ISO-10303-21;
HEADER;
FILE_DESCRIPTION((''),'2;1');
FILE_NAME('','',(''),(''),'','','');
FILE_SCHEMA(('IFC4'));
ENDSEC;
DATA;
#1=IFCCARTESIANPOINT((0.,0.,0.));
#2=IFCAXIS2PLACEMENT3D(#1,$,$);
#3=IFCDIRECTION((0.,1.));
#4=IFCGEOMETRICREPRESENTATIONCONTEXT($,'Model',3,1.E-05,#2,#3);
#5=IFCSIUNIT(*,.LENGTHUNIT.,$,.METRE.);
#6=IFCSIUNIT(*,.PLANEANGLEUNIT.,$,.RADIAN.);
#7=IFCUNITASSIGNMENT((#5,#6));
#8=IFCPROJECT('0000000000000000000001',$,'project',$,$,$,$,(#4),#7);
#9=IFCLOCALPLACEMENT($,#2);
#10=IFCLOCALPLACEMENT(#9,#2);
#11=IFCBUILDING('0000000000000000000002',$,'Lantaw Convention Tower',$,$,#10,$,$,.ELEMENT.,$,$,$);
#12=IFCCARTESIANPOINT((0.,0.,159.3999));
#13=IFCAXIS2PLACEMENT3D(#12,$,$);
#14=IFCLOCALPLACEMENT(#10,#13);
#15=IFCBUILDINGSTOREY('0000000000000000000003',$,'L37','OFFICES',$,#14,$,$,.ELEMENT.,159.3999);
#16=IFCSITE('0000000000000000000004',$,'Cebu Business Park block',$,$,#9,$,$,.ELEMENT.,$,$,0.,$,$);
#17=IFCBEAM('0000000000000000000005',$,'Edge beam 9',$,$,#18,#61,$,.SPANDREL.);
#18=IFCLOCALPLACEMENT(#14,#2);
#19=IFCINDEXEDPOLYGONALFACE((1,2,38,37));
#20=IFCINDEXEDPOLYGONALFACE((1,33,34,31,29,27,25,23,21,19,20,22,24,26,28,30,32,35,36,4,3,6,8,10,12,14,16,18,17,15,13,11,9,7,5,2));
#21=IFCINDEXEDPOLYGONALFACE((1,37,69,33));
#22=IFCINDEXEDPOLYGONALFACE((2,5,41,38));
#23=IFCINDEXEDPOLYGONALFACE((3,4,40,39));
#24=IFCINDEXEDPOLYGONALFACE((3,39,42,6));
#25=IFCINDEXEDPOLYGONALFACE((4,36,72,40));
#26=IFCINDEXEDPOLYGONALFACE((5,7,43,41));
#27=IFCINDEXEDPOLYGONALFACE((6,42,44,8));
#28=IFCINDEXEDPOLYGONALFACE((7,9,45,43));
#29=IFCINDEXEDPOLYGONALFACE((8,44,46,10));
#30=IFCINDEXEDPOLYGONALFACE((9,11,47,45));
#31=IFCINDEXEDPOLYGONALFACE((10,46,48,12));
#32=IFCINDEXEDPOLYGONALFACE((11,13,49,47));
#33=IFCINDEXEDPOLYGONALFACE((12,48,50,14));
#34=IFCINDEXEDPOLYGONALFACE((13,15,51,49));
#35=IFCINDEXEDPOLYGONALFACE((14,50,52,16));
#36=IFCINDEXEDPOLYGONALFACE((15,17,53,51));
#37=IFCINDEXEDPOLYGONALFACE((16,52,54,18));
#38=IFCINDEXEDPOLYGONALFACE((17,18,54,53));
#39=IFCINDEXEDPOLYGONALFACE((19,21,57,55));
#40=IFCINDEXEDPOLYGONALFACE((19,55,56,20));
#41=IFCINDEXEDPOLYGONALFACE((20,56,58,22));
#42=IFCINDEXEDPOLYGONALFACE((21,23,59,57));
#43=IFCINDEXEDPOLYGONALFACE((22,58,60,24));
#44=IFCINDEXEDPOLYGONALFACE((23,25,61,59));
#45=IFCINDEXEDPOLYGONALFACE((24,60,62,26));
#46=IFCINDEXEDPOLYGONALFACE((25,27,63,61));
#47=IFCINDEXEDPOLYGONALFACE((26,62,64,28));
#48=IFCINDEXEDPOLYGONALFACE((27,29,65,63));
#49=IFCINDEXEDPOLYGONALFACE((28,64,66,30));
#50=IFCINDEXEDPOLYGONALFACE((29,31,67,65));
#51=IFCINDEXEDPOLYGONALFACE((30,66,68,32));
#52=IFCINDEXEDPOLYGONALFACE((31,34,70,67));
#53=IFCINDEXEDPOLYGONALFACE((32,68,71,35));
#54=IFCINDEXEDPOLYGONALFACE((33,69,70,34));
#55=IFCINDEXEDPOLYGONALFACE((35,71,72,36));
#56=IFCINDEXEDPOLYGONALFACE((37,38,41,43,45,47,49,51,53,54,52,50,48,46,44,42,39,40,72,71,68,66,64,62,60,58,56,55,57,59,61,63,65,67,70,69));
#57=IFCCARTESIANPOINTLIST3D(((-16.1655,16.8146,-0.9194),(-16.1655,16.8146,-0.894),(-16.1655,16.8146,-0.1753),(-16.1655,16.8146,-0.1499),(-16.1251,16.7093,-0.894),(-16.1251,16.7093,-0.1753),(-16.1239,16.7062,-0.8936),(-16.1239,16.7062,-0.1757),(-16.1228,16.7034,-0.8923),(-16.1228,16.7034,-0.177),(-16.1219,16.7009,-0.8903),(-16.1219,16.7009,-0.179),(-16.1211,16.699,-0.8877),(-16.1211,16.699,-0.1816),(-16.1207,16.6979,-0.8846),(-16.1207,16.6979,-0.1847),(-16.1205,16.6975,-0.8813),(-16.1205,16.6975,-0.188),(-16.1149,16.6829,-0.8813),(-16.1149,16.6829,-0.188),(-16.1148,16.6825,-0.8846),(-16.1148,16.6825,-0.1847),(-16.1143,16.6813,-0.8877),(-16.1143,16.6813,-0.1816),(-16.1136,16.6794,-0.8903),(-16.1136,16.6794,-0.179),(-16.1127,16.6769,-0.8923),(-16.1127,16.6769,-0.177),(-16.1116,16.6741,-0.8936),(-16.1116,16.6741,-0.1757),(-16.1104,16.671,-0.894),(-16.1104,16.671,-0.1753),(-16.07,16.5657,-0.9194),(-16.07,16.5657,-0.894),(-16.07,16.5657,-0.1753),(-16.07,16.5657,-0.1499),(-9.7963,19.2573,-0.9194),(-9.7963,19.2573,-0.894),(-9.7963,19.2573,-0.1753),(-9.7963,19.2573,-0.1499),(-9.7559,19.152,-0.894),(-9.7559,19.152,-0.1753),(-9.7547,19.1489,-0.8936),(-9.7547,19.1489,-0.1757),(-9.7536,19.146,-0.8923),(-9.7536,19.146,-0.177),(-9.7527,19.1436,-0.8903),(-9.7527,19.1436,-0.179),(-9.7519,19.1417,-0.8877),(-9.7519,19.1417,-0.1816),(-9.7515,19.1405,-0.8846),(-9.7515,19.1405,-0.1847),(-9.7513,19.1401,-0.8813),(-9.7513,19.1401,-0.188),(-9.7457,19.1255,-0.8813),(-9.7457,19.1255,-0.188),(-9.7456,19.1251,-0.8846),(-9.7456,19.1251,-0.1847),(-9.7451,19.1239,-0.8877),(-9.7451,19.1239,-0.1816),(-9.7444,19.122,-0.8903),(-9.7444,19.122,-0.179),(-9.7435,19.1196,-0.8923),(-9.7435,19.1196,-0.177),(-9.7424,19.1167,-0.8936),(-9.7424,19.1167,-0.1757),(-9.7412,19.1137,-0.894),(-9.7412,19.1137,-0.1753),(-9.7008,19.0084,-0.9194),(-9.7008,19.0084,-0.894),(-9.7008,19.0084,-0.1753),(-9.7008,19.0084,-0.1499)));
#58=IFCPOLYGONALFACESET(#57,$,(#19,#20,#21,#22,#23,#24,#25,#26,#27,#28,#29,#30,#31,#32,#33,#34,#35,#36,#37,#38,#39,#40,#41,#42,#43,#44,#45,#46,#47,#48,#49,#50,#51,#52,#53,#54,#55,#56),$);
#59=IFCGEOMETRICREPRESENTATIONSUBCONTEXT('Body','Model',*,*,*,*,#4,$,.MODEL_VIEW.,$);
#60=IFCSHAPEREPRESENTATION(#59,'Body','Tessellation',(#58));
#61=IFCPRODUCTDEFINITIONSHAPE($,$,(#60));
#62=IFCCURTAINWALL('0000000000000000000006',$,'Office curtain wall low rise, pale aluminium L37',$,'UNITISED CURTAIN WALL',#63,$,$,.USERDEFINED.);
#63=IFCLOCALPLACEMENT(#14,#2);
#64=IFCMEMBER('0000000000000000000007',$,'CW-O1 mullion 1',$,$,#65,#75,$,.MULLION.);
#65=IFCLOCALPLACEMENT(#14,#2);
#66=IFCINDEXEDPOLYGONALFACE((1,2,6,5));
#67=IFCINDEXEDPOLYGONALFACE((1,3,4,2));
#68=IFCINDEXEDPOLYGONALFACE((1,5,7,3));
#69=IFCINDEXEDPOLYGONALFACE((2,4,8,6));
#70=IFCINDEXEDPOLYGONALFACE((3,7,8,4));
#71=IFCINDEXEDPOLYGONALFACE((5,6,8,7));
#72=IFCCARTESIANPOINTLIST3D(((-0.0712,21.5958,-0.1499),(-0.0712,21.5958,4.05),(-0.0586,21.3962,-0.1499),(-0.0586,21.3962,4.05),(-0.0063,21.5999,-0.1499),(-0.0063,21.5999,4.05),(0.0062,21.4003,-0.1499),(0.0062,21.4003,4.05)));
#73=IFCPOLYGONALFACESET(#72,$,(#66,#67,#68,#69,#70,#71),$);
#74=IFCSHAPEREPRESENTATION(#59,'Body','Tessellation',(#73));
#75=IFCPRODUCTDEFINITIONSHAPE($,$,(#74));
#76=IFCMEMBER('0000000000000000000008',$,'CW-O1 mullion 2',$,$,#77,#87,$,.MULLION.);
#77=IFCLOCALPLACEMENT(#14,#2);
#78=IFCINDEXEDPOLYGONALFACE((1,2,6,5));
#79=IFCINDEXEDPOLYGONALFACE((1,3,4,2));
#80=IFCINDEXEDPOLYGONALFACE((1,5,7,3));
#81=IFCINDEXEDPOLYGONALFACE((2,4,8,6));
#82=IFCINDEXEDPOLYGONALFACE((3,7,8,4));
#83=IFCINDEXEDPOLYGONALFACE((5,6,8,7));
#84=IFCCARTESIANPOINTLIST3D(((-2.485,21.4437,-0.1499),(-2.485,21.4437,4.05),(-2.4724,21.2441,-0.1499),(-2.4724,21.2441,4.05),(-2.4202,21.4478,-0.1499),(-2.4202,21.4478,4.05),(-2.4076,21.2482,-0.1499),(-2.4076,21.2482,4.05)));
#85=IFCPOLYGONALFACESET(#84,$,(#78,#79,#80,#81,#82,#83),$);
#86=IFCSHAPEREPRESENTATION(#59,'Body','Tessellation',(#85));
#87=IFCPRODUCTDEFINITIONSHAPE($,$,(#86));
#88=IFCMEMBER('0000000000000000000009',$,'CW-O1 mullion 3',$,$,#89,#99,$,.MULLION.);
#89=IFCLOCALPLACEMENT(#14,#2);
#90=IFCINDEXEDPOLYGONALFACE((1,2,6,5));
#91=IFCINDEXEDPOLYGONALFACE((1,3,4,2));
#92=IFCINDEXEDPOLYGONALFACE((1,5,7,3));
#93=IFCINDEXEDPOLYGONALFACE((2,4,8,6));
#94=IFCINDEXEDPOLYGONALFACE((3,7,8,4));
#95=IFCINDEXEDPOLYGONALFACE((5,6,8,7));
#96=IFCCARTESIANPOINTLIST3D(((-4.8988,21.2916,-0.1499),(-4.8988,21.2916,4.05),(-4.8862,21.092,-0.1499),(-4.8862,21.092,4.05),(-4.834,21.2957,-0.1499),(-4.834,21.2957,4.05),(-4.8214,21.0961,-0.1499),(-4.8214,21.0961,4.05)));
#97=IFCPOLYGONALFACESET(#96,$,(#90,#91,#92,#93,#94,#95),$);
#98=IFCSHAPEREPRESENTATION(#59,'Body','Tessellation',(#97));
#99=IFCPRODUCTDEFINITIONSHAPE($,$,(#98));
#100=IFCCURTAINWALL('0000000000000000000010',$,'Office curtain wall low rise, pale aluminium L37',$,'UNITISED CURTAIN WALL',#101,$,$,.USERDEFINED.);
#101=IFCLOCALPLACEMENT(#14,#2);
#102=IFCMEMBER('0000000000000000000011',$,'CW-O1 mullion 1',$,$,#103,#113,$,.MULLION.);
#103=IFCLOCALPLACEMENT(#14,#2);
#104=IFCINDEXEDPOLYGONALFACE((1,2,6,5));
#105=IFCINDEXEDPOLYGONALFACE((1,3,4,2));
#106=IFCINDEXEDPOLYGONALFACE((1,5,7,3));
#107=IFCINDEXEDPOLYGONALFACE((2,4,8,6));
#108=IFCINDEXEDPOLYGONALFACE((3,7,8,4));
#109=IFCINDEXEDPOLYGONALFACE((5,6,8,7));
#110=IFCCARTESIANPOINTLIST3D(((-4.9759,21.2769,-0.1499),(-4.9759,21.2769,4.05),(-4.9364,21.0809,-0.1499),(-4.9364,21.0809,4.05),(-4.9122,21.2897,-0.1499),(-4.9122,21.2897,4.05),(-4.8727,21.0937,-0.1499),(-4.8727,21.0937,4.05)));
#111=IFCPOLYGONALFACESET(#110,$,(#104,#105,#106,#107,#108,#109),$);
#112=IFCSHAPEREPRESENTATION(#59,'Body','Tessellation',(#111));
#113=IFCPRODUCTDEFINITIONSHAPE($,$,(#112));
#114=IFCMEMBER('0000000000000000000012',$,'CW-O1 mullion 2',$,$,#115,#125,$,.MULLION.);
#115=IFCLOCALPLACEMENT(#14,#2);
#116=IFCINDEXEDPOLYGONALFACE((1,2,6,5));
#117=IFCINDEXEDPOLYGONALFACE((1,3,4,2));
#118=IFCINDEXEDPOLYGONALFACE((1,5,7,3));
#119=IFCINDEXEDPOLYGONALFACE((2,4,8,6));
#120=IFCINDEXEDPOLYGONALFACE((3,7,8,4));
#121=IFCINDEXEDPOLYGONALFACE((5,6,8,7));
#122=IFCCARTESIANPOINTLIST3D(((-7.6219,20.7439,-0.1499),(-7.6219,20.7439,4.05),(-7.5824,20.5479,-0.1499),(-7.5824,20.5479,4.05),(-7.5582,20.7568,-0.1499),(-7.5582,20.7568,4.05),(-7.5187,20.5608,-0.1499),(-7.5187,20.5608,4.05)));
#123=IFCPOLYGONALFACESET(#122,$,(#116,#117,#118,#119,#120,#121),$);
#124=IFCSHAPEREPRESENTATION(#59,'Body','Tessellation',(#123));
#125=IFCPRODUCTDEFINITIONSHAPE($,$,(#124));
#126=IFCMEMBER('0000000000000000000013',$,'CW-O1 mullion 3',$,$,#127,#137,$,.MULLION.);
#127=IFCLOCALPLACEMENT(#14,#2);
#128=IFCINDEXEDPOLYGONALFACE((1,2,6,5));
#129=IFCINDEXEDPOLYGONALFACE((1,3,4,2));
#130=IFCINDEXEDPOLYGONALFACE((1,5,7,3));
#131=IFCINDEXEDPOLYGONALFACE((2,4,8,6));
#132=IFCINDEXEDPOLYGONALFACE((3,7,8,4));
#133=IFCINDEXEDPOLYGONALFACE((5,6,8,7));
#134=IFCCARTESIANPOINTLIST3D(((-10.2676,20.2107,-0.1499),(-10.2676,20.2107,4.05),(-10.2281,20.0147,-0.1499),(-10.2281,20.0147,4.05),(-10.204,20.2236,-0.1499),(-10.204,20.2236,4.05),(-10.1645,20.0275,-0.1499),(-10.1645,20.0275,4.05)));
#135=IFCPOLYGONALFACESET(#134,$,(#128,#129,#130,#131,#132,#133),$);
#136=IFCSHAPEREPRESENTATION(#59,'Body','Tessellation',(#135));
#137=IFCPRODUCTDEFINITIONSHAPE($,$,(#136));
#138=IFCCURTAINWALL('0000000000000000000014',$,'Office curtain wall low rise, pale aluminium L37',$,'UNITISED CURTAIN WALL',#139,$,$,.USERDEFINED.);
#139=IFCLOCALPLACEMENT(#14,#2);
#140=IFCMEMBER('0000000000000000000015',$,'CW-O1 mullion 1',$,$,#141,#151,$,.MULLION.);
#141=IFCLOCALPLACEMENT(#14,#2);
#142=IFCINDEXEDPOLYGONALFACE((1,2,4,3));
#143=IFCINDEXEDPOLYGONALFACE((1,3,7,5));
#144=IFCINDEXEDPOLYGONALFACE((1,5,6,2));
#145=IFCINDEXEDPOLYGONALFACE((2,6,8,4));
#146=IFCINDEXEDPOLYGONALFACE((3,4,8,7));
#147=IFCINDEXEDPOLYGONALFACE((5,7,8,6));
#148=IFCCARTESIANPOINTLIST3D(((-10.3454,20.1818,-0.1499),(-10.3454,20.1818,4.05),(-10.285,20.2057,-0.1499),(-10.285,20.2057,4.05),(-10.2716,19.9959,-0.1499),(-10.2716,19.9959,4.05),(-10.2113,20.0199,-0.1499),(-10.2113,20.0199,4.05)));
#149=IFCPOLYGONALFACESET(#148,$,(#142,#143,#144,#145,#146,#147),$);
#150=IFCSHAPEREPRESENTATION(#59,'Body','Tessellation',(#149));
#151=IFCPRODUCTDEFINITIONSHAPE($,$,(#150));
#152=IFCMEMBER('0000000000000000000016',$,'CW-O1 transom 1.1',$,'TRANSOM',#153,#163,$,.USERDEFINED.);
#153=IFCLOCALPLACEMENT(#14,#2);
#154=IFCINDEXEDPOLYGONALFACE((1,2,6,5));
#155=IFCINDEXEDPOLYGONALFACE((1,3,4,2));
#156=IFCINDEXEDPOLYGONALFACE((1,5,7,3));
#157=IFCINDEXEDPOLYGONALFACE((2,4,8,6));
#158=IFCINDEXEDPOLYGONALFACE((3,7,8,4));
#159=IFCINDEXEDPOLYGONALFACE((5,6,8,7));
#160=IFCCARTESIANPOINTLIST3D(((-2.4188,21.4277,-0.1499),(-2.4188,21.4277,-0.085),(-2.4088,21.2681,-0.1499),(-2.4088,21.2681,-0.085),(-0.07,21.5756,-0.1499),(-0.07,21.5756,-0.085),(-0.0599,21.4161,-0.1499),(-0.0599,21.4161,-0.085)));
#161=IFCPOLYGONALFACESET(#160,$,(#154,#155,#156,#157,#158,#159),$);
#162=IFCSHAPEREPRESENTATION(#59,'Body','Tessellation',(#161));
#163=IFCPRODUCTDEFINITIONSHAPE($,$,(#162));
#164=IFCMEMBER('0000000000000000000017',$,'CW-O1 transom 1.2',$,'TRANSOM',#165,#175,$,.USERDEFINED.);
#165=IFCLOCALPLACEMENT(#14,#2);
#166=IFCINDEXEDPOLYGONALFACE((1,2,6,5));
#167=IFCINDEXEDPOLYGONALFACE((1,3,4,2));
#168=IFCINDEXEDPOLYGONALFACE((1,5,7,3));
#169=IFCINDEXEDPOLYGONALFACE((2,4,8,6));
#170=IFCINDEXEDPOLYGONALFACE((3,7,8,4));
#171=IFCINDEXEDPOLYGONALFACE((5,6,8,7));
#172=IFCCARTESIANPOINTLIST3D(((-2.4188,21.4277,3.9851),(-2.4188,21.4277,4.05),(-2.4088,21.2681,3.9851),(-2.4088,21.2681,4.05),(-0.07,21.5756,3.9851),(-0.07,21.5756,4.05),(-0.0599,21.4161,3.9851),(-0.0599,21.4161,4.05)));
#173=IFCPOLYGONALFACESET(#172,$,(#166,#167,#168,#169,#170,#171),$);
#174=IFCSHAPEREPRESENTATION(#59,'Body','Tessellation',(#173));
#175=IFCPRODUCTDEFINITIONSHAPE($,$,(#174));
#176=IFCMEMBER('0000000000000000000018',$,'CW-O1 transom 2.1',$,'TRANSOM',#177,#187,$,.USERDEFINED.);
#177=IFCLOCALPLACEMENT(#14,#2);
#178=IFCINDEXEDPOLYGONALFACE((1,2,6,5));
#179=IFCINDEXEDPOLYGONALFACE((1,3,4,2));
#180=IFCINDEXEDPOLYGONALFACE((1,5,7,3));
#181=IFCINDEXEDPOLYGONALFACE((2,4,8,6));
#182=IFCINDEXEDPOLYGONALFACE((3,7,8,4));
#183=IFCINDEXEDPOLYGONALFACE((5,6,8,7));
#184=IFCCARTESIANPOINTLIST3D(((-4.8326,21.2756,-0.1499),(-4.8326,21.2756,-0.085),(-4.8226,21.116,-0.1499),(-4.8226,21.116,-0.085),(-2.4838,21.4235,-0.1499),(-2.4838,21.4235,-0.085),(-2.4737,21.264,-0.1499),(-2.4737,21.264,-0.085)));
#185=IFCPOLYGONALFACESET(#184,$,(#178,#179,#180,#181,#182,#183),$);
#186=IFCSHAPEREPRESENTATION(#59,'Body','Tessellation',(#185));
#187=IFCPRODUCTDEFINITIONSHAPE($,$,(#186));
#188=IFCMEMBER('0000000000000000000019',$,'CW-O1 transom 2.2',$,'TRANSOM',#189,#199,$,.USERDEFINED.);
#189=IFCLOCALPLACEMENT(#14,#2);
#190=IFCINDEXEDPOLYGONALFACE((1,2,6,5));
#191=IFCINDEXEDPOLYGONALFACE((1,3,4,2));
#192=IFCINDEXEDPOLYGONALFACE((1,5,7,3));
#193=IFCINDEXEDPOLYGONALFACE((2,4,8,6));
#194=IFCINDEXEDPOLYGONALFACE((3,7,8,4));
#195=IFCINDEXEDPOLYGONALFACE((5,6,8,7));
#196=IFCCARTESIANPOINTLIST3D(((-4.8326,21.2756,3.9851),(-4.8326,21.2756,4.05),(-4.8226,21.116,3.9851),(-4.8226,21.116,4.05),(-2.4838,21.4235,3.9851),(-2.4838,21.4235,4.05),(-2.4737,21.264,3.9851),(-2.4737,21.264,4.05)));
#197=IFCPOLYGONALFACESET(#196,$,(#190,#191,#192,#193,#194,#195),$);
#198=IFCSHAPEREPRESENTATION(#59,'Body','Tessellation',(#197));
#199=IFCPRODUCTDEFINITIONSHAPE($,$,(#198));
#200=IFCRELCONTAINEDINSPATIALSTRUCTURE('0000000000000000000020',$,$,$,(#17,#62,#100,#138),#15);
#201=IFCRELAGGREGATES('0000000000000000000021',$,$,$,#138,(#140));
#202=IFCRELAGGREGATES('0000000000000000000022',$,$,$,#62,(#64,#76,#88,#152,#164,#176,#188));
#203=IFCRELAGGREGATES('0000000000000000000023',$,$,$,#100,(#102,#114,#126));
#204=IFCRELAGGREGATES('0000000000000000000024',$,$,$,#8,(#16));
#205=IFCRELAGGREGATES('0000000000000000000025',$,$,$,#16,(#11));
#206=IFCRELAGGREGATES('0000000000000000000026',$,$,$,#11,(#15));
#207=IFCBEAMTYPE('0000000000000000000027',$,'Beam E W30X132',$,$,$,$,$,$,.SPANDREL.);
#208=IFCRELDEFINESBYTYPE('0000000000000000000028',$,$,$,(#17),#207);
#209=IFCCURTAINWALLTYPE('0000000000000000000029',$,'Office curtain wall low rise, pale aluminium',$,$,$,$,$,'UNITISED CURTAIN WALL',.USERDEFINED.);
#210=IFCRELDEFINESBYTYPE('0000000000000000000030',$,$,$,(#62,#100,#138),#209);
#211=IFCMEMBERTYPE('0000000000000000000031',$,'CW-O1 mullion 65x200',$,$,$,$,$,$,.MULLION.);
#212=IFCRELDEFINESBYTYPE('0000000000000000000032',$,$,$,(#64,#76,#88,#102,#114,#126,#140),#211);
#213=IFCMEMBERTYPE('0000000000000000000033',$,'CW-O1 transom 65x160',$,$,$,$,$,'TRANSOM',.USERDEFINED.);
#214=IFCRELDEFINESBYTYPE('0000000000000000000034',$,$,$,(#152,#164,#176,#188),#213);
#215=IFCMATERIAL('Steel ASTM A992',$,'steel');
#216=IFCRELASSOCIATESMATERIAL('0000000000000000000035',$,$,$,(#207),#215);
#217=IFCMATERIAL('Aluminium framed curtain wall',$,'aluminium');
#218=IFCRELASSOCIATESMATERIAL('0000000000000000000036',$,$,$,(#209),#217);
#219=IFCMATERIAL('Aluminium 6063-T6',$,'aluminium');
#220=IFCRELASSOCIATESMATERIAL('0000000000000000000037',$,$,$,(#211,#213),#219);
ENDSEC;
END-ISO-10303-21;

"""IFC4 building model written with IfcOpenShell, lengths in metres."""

from ifc_helpers import new_model, si_unit, direction, frame, origin, origin_2d, place, context, subcontext, project, spatial, rectangle, i_section, extrude, material, material_profile, profile_set, type_object, element, aggregate, save


model = new_model("IFC4")

# Units and contexts
model_context = context("Model", 3, precision=1e-05, world=origin(), true_north=direction((0.0, 1.0)))
body_context = subcontext(model_context, "Body", "Model", "MODEL_VIEW")
ifc_project = project(units=[si_unit("LENGTHUNIT", "METRE"), si_unit("PLANEANGLEUNIT", "RADIAN")], contexts=[model_context])

# Site, building, storey
site_placement = place(None, origin())
site = spatial("IfcSite", under=ifc_project, at=site_placement, Name="Cebu Business Park block", CompositionType="ELEMENT", RefElevation=0.0)
building_placement = place(site_placement, origin())
building = spatial("IfcBuilding", under=site, at=building_placement, Name="Lantaw Convention Tower", CompositionType="ELEMENT")
storey_placement = place(building_placement, frame((0.0, 0.0, 159.3999)))
storey = spatial("IfcBuildingStorey", under=building, at=storey_placement, Name="L37", Description="OFFICES", CompositionType="ELEMENT", Elevation=159.3999)

# Beam
ifc_material_1 = material(Name="Steel ASTM A992", Category="steel")
ifc_material_profile_1 = material_profile(ifc_material_1, i_section(OverallWidth=0.2666, OverallDepth=0.7695, WebThickness=0.0156, FlangeThickness=0.0254, FilletRadius=0.0127, at=origin_2d()), Name="W30X132")
ifc_profile_set_1 = profile_set([ifc_material_profile_1], Name="Steel ASTM A992")
beam_type = type_object("IfcBeamType", Name="Beam E W30X132", PredefinedType="SPANDREL", material=ifc_profile_set_1)
beam_1_placement = place(storey_placement, frame((-9.7485, 19.1328, -0.5347), z_axis=(-0.933691, -0.35808, 0.0), x_axis=(0.35808, -0.933691, 0.0)))
element("IfcBeam", 1, at=beam_1_placement, inside=storey, type_object=beam_type, Name="Edge beam 9", PredefinedType="SPANDREL", context=body_context, shape_type="SweptSolid", body=[
    extrude(i_section(OverallWidth=0.2666, OverallDepth=0.7695, WebThickness=0.0156, FlangeThickness=0.0254, FilletRadius=0.0127, at=origin_2d()), origin(), (0.0, 0.0, 1.0), 6.8215),
])

# Curtain walls, members
ifc_material_2 = material(Name="Aluminium framed curtain wall", Category="aluminium")
curtain_wall_type = type_object("IfcCurtainWallType", Name="Office curtain wall low rise, pale aluminium", ElementType="UNITISED CURTAIN WALL", PredefinedType="USERDEFINED", material=ifc_material_2)
curtain_wall_1_placement = place(storey_placement, origin())
curtain_wall_1 = element("IfcCurtainWall", 2, at=curtain_wall_1_placement, inside=storey, type_object=curtain_wall_type, Name="Office curtain wall low rise, pale aluminium L37", ObjectType="UNITISED CURTAIN WALL", PredefinedType="USERDEFINED")
ifc_material_3 = material(Name="Aluminium 6063-T6", Category="aluminium")
ifc_material_profile_2 = material_profile(ifc_material_3, rectangle(XDim=0.2, YDim=0.0649, at=origin_2d()), Name="CW-O1 mullion 65x200")
ifc_profile_set_2 = profile_set([ifc_material_profile_2], Name="Aluminium 6063-T6")
member_type_1 = type_object("IfcMemberType", Name="CW-O1 mullion 65x200", PredefinedType="MULLION", material=ifc_profile_set_2)
member_1_placement = place(storey_placement, frame((-0.0325, 21.498, -0.1499), z_axis=(0.0, 0.0, 1.0), x_axis=(0.062865, -0.998022, 0.0)))
member_1 = element("IfcMember", 3, at=member_1_placement, type_object=member_type_1, Name="CW-O1 mullion 1", PredefinedType="MULLION", context=body_context, shape_type="SweptSolid", body=[
    extrude(rectangle(XDim=0.2, YDim=0.0649, at=origin_2d()), origin(), (0.0, 0.0, 1.0), 4.2),
])
member_2_placement = place(storey_placement, frame((-2.4463, 21.3459, -0.1499), z_axis=(0.0, 0.0, 1.0), x_axis=(0.062865, -0.998022, 0.0)))
member_2 = element("IfcMember", 4, at=member_2_placement, type_object=member_type_1, Name="CW-O1 mullion 2", PredefinedType="MULLION", context=body_context, shape_type="SweptSolid", body=[
    extrude(rectangle(XDim=0.2, YDim=0.0649, at=origin_2d()), origin(), (0.0, 0.0, 1.0), 4.2),
])
member_3_placement = place(storey_placement, frame((-4.8601, 21.1938, -0.1499), z_axis=(0.0, 0.0, 1.0), x_axis=(0.062865, -0.998022, 0.0)))
member_3 = element("IfcMember", 5, at=member_3_placement, type_object=member_type_1, Name="CW-O1 mullion 3", PredefinedType="MULLION", context=body_context, shape_type="SweptSolid", body=[
    extrude(rectangle(XDim=0.2, YDim=0.0649, at=origin_2d()), origin(), (0.0, 0.0, 1.0), 4.2),
])
curtain_wall_2_placement = place(storey_placement, origin())
curtain_wall_2 = element("IfcCurtainWall", 6, at=curtain_wall_2_placement, inside=storey, type_object=curtain_wall_type, Name="Office curtain wall low rise, pale aluminium L37", ObjectType="UNITISED CURTAIN WALL", PredefinedType="USERDEFINED")
member_4_placement = place(storey_placement, frame((-4.9243, 21.1853, -0.1499), z_axis=(0.0, 0.0, 1.0), x_axis=(0.197507, -0.980302, 0.0)))
member_4 = element("IfcMember", 7, at=member_4_placement, type_object=member_type_1, Name="CW-O1 mullion 1", PredefinedType="MULLION", context=body_context, shape_type="SweptSolid", body=[
    extrude(rectangle(XDim=0.2, YDim=0.0649, at=origin_2d()), origin(), (0.0, 0.0, 1.0), 4.2),
])
member_5_placement = place(storey_placement, frame((-7.5703, 20.6523, -0.1499), z_axis=(0.0, 0.0, 1.0), x_axis=(0.197507, -0.980302, 0.0)))
member_5 = element("IfcMember", 8, at=member_5_placement, type_object=member_type_1, Name="CW-O1 mullion 2", PredefinedType="MULLION", context=body_context, shape_type="SweptSolid", body=[
    extrude(rectangle(XDim=0.2, YDim=0.0649, at=origin_2d()), origin(), (0.0, 0.0, 1.0), 4.2),
])
member_6_placement = place(storey_placement, frame((-10.2161, 20.1191, -0.1499), z_axis=(0.0, 0.0, 1.0), x_axis=(0.197507, -0.980302, 0.0)))
member_6 = element("IfcMember", 9, at=member_6_placement, type_object=member_type_1, Name="CW-O1 mullion 3", PredefinedType="MULLION", context=body_context, shape_type="SweptSolid", body=[
    extrude(rectangle(XDim=0.2, YDim=0.0649, at=origin_2d()), origin(), (0.0, 0.0, 1.0), 4.2),
])

# Curtain wall, member
curtain_wall_3_placement = place(storey_placement, origin())
curtain_wall_3 = element("IfcCurtainWall", 10, at=curtain_wall_3_placement, inside=storey, type_object=curtain_wall_type, Name="Office curtain wall low rise, pale aluminium L37", ObjectType="UNITISED CURTAIN WALL", PredefinedType="USERDEFINED")
member_7_placement = place(storey_placement, frame((-10.2783, 20.1008, -0.1499), z_axis=(0.0, 0.0, 1.0), x_axis=(0.368702, -0.929548, 0.0)))
member_7 = element("IfcMember", 11, at=member_7_placement, type_object=member_type_1, Name="CW-O1 mullion 1", PredefinedType="MULLION", context=body_context, shape_type="SweptSolid", body=[
    extrude(rectangle(XDim=0.2, YDim=0.0649, at=origin_2d()), origin(), (0.0, 0.0, 1.0), 4.2),
])

# Members
ifc_material_profile_3 = material_profile(ifc_material_3, rectangle(XDim=0.1599, YDim=0.0649, at=origin_2d()), Name="CW-O1 transom 65x160")
ifc_profile_set_3 = profile_set([ifc_material_profile_3], Name="Aluminium 6063-T6")
member_type_2 = type_object("IfcMemberType", Name="CW-O1 transom 65x160", ElementType="TRANSOM", PredefinedType="USERDEFINED", material=ifc_profile_set_3)
member_8_placement = place(storey_placement, frame((-0.0649, 21.4958, -0.1174), z_axis=(-0.998022, -0.062863, 0.0), x_axis=(0.062863, -0.998022, 0.0)))
member_8 = element("IfcMember", 12, at=member_8_placement, type_object=member_type_2, Name="CW-O1 transom 1.1", ObjectType="TRANSOM", PredefinedType="USERDEFINED", context=body_context, shape_type="SweptSolid", body=[
    extrude(rectangle(XDim=0.1599, YDim=0.0649, at=origin_2d()), origin(), (0.0, 0.0, 1.0), 2.3535),
])
member_9_placement = place(storey_placement, frame((-0.0649, 21.4958, 4.0176), z_axis=(-0.998022, -0.062863, 0.0), x_axis=(0.062863, -0.998022, 0.0)))
member_9 = element("IfcMember", 13, at=member_9_placement, type_object=member_type_2, Name="CW-O1 transom 1.2", ObjectType="TRANSOM", PredefinedType="USERDEFINED", context=body_context, shape_type="SweptSolid", body=[
    extrude(rectangle(XDim=0.1599, YDim=0.0649, at=origin_2d()), origin(), (0.0, 0.0, 1.0), 2.3535),
])
member_10_placement = place(storey_placement, frame((-2.4788, 21.3438, -0.1174), z_axis=(-0.998022, -0.062863, 0.0), x_axis=(0.062863, -0.998022, 0.0)))
member_10 = element("IfcMember", 14, at=member_10_placement, type_object=member_type_2, Name="CW-O1 transom 2.1", ObjectType="TRANSOM", PredefinedType="USERDEFINED", context=body_context, shape_type="SweptSolid", body=[
    extrude(rectangle(XDim=0.1599, YDim=0.0649, at=origin_2d()), origin(), (0.0, 0.0, 1.0), 2.3535),
])
member_11_placement = place(storey_placement, frame((-2.4788, 21.3438, 4.0176), z_axis=(-0.998022, -0.062863, 0.0), x_axis=(0.062863, -0.998022, 0.0)))
member_11 = element("IfcMember", 15, at=member_11_placement, type_object=member_type_2, Name="CW-O1 transom 2.2", ObjectType="TRANSOM", PredefinedType="USERDEFINED", context=body_context, shape_type="SweptSolid", body=[
    extrude(rectangle(XDim=0.1599, YDim=0.0649, at=origin_2d()), origin(), (0.0, 0.0, 1.0), 2.3535),
])
aggregate(curtain_wall_3, [member_7])

aggregate(curtain_wall_1, [member_1, member_2, member_3, member_8, member_9, member_10, member_11])
aggregate(curtain_wall_2, [member_4, member_5, member_6])

save(model, "model.ifc")
